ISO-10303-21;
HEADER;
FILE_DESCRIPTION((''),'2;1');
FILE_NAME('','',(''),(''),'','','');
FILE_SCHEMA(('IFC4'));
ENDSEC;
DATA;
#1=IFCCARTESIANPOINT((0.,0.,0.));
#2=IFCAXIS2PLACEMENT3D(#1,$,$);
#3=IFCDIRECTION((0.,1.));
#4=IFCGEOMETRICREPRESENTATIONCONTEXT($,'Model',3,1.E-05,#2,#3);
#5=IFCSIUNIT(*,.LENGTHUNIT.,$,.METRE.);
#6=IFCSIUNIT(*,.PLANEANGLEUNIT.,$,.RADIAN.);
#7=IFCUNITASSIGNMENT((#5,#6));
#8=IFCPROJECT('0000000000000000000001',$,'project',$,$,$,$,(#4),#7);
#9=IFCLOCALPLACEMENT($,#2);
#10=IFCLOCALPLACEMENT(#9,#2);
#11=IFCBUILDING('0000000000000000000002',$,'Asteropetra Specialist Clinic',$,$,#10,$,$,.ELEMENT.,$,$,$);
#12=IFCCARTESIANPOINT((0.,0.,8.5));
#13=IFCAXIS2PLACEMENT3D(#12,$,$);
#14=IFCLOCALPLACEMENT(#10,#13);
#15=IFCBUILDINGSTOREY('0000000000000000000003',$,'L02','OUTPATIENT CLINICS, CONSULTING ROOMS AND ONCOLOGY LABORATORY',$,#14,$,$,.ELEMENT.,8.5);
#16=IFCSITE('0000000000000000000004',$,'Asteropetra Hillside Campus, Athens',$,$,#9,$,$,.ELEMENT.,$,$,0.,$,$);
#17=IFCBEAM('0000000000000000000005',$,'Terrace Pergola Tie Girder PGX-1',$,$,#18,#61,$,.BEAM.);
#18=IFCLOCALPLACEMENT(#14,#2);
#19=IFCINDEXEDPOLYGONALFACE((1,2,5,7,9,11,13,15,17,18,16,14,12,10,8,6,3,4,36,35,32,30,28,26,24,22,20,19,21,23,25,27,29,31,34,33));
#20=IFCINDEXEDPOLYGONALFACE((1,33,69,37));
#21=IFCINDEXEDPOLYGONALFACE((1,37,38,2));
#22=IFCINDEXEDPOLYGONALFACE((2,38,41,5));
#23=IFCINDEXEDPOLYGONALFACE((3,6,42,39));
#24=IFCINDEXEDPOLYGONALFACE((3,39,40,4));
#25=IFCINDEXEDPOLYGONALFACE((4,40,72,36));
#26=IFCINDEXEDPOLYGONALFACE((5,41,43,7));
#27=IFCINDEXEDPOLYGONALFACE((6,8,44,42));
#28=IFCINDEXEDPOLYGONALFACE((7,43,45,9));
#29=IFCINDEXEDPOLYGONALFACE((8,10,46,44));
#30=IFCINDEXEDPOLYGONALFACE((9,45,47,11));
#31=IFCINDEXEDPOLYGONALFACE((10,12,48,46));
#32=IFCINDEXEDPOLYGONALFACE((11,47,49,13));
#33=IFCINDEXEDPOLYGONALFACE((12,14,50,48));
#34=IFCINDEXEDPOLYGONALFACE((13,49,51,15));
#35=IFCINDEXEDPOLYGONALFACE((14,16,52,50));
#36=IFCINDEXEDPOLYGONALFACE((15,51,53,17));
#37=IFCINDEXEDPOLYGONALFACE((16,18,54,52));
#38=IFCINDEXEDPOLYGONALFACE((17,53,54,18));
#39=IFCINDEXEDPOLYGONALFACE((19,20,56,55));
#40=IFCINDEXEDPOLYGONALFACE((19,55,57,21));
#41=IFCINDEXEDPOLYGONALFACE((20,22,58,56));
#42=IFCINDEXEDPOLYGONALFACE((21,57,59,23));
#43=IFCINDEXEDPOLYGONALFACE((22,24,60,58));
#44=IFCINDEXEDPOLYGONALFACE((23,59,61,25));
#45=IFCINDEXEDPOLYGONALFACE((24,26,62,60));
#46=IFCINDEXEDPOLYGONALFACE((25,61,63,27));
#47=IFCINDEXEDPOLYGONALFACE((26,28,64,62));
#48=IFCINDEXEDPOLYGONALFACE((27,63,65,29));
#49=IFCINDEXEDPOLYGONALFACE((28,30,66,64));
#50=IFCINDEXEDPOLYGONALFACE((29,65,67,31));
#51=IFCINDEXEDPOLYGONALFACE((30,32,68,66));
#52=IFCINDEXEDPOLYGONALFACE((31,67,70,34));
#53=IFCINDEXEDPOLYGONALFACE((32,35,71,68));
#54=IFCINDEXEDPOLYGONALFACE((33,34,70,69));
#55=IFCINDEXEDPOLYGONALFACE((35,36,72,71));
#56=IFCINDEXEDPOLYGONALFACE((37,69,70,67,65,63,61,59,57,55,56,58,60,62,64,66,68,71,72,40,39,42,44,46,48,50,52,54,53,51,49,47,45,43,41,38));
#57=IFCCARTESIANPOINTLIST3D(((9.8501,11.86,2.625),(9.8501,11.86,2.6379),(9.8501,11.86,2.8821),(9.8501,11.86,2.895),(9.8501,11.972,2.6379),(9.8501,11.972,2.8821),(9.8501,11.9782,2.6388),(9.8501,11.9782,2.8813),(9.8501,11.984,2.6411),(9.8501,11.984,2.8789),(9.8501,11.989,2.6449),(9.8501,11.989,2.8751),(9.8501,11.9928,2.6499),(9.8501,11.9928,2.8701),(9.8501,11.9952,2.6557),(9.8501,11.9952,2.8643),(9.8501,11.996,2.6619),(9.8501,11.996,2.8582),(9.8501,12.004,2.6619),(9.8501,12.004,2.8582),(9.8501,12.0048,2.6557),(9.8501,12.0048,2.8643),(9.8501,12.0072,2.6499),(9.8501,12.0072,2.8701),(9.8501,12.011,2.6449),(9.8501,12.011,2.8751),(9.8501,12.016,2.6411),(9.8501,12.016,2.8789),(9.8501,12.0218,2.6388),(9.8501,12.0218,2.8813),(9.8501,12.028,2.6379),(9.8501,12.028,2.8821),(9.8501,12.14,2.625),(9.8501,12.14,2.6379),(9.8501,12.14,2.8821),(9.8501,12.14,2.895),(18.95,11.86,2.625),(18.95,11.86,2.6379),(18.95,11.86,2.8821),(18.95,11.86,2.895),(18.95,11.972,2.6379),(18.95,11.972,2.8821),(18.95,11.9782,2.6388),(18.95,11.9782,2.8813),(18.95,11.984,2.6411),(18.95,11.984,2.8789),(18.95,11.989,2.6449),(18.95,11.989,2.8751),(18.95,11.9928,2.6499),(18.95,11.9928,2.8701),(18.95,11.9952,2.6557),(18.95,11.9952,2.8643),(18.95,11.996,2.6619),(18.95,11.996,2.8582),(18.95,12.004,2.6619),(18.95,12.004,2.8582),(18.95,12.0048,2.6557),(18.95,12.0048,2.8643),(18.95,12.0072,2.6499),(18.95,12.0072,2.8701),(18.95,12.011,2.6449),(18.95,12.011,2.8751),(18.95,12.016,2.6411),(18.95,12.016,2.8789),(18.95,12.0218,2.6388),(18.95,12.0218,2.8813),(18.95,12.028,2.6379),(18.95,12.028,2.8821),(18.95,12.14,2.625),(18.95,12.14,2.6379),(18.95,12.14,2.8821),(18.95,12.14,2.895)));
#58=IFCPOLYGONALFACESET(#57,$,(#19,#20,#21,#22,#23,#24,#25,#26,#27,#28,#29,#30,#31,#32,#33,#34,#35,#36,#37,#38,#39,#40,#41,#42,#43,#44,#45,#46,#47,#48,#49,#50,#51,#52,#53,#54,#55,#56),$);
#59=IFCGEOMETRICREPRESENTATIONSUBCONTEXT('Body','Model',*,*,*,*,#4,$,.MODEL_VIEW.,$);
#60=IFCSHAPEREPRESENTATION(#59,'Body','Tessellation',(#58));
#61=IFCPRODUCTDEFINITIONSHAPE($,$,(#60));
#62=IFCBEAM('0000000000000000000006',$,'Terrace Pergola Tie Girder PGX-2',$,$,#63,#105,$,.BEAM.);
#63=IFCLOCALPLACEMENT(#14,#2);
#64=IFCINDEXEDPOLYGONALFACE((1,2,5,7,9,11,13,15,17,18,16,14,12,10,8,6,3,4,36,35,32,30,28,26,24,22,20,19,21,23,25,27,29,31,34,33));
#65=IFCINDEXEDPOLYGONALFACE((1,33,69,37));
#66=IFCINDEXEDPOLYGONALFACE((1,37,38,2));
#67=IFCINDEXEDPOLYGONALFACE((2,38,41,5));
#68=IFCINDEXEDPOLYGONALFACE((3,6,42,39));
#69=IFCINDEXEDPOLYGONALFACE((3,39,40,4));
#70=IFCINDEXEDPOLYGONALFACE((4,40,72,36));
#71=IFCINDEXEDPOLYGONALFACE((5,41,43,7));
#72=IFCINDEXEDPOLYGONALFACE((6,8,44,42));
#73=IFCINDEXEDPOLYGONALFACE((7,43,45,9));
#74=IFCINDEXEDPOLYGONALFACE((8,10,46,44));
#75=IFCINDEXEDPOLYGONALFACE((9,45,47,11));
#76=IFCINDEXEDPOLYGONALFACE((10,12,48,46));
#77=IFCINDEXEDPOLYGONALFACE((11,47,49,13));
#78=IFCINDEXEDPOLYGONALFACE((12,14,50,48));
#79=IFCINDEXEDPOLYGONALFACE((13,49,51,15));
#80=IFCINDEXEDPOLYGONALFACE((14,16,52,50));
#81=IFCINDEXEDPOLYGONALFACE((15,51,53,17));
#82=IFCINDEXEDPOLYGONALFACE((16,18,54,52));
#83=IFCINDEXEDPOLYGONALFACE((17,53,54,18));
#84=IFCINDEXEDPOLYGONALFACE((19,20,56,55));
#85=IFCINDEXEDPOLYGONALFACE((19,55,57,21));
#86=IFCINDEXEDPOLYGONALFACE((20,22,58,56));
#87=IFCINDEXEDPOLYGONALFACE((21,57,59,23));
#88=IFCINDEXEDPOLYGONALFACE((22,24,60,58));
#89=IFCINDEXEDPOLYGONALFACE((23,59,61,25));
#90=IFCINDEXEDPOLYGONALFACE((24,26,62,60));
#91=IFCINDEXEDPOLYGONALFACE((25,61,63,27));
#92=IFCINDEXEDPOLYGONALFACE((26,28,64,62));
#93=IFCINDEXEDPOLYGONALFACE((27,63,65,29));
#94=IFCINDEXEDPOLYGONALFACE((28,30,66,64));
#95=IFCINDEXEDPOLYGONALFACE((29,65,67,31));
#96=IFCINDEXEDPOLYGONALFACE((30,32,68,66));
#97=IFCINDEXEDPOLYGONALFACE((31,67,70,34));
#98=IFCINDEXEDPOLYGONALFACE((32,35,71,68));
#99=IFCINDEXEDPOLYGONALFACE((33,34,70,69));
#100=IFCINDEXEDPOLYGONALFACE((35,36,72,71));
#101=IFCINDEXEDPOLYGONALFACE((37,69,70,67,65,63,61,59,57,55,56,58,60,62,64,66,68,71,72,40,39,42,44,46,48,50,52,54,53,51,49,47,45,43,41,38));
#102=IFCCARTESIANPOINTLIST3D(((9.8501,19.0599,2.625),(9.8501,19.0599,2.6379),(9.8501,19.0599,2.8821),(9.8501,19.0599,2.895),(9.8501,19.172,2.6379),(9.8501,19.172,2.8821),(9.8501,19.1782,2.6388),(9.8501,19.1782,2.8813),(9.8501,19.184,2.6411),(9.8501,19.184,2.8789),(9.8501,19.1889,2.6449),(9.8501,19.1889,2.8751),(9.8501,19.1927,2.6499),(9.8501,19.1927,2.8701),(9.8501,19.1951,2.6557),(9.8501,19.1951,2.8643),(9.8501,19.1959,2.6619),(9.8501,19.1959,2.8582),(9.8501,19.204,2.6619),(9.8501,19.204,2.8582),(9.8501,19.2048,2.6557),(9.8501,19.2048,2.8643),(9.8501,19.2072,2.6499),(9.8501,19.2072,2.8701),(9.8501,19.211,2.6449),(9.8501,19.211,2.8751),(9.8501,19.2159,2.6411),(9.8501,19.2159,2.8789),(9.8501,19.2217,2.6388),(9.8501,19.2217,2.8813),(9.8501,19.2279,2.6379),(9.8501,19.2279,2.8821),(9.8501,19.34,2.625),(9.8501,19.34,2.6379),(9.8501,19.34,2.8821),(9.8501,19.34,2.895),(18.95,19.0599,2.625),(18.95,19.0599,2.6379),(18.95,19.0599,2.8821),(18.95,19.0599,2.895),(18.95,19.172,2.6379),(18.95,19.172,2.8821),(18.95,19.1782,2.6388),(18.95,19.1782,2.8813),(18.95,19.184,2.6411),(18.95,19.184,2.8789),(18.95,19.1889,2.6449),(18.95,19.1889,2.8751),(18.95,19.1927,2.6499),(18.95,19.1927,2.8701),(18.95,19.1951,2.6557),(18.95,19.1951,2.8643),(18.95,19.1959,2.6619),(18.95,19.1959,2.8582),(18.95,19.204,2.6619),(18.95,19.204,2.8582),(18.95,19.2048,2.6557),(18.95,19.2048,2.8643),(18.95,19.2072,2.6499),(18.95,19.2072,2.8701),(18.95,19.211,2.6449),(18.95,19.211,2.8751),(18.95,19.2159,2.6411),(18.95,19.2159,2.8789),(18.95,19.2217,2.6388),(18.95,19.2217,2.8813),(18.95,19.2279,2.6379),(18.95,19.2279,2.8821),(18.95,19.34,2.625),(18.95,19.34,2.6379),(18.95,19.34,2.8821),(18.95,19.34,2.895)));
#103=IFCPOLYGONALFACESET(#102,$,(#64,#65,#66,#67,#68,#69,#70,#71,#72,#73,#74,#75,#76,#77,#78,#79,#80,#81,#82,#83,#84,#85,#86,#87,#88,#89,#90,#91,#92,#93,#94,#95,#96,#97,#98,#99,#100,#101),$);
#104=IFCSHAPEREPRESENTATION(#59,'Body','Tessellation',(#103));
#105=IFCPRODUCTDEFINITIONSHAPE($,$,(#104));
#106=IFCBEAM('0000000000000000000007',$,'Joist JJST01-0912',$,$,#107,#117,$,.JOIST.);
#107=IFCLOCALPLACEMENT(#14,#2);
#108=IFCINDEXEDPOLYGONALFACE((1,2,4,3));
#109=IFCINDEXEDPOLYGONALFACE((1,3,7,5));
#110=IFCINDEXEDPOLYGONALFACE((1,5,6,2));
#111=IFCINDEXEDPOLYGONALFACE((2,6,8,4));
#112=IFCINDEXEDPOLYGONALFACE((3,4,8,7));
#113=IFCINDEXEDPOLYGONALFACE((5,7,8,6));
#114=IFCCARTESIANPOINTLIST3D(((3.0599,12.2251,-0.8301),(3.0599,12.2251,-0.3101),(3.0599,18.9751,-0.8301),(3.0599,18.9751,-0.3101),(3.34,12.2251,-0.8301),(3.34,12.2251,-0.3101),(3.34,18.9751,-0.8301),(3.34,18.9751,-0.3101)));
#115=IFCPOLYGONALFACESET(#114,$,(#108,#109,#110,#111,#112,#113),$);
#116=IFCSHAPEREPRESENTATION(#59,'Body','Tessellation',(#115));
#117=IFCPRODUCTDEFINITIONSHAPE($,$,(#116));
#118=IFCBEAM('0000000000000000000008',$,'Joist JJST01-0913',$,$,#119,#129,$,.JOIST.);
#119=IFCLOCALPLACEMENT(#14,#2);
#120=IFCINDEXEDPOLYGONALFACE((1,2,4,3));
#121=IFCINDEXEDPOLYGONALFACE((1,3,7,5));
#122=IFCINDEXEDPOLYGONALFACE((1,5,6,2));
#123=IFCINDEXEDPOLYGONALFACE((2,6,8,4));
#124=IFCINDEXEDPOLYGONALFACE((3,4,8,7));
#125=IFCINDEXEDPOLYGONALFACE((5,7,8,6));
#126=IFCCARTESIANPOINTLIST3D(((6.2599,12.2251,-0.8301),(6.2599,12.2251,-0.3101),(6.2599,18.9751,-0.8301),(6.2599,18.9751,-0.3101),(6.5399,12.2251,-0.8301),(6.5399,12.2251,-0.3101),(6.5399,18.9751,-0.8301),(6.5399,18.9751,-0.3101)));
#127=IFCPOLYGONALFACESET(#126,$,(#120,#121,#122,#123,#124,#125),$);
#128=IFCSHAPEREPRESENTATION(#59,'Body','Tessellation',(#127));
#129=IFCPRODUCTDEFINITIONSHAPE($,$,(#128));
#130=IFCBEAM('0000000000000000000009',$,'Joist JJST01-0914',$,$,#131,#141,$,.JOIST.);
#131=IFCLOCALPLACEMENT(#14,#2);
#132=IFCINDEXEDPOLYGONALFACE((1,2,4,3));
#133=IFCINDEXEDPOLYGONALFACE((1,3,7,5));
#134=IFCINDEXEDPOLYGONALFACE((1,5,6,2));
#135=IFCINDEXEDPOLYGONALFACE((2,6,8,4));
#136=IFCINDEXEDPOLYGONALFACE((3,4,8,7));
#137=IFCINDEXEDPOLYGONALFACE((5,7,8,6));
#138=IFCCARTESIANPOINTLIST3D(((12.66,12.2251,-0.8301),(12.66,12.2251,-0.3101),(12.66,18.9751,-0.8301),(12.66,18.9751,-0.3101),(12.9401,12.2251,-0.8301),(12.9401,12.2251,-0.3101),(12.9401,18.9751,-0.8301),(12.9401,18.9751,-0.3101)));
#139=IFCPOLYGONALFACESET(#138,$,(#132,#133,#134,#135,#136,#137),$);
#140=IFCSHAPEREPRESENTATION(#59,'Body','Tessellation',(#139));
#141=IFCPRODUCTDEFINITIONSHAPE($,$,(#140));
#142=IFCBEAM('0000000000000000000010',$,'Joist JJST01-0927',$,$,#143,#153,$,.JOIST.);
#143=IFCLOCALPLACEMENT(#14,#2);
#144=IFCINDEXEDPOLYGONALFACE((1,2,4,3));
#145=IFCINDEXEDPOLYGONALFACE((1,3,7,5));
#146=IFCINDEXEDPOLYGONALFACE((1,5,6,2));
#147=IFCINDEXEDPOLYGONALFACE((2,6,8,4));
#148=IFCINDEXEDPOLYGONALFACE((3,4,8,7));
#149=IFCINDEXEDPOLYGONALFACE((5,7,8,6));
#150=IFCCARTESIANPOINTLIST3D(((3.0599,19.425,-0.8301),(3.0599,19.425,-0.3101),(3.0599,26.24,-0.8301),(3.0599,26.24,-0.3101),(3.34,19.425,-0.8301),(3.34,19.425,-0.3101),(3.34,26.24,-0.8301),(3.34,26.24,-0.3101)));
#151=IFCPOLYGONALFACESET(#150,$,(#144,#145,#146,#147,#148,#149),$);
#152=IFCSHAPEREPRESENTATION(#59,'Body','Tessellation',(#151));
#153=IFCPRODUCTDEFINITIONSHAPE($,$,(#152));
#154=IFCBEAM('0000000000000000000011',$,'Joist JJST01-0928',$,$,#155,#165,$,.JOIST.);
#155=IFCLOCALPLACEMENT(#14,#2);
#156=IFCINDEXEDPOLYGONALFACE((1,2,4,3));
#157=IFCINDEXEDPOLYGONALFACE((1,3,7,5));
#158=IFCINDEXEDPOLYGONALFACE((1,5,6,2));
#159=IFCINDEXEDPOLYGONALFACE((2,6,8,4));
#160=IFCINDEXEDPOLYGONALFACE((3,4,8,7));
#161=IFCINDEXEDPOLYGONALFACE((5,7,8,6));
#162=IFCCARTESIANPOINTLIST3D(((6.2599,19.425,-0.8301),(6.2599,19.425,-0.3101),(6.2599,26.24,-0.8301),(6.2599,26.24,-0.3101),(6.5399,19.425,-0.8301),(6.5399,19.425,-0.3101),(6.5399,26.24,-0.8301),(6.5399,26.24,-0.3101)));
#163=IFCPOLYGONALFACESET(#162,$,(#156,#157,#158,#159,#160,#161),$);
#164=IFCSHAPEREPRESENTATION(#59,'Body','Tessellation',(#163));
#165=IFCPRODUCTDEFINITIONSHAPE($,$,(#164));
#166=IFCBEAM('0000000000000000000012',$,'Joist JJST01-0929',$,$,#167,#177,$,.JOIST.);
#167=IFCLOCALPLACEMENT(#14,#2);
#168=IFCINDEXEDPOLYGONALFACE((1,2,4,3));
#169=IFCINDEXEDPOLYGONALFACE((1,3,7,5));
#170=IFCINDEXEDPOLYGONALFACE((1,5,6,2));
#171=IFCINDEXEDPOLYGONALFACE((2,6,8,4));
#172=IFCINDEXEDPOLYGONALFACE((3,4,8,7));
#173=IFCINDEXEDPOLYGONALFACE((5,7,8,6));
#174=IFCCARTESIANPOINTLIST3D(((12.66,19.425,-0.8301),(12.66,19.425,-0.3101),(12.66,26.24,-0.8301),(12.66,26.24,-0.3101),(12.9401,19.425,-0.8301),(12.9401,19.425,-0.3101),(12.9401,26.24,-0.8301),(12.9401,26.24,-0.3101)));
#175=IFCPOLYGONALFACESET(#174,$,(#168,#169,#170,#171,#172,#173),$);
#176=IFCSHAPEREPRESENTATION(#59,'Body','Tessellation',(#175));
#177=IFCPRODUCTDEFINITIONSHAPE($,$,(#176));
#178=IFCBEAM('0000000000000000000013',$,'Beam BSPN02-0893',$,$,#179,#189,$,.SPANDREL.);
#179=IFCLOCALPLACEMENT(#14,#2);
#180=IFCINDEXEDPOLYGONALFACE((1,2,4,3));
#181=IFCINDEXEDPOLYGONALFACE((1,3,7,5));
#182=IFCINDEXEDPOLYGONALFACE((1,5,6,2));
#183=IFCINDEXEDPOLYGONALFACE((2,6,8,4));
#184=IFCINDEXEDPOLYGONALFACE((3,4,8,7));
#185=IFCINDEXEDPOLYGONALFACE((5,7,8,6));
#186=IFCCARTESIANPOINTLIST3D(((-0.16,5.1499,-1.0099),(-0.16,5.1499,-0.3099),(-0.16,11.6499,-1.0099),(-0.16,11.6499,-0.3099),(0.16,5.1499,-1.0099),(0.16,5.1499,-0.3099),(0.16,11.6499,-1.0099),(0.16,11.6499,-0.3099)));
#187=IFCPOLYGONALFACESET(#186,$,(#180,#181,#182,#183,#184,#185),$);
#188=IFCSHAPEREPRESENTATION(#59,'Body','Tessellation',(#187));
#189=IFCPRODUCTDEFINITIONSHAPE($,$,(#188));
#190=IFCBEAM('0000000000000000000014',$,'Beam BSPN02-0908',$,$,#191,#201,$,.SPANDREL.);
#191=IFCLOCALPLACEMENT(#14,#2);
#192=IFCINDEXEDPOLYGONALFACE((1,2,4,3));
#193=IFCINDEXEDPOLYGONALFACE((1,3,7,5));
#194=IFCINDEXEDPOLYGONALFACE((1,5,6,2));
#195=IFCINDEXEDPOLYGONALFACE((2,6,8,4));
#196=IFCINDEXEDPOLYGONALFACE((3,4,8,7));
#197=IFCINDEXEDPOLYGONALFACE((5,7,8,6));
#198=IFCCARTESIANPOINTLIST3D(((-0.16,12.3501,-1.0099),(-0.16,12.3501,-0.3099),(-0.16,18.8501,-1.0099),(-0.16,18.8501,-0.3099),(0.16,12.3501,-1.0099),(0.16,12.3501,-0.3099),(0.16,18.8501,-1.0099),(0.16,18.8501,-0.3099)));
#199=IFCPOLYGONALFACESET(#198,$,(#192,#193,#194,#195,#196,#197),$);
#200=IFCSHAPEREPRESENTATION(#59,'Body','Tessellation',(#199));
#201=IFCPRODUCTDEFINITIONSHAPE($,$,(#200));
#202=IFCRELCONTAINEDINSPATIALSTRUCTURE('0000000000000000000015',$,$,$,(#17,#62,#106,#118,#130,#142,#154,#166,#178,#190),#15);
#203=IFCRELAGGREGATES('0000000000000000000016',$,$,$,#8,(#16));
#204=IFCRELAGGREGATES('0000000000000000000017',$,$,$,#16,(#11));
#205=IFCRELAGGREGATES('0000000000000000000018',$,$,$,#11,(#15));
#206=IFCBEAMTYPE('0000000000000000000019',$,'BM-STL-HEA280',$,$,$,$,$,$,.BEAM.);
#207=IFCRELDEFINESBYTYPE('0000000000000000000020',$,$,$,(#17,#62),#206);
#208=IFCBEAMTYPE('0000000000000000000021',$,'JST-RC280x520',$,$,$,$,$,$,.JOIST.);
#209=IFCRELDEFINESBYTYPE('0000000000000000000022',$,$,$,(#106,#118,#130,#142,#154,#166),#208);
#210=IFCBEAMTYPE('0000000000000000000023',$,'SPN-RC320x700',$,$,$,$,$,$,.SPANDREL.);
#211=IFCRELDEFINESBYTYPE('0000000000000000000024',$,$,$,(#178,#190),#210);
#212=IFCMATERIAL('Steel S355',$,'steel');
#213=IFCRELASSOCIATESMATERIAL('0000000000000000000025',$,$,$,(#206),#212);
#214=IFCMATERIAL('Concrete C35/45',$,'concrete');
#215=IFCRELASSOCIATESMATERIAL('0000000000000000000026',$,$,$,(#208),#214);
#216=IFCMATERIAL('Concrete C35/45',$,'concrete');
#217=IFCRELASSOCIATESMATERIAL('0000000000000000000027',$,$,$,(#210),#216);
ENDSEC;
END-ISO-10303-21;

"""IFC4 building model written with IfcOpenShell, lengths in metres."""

from ifc_helpers import new_model, si_unit, direction, frame, origin, origin_2d, place, context, subcontext, project, spatial, rectangle, i_section, extrude, material, material_profile, profile_set, type_object, element, save


model = new_model("IFC4")

# Units and contexts
model_context = context("Model", 3, precision=1e-05, world=origin(), true_north=direction((0.0, 1.0)))
body_context = subcontext(model_context, "Body", "Model", "MODEL_VIEW")
ifc_project = project(units=[si_unit("LENGTHUNIT", "METRE"), si_unit("PLANEANGLEUNIT", "RADIAN")], contexts=[model_context])

# Site, building, storey
site_placement = place(None, origin())
site = spatial("IfcSite", under=ifc_project, at=site_placement, Name="Asteropetra Hillside Campus, Athens", CompositionType="ELEMENT", RefElevation=0.0)
building_placement = place(site_placement, origin())
building = spatial("IfcBuilding", under=site, at=building_placement, Name="Asteropetra Specialist Clinic", CompositionType="ELEMENT")
storey_placement = place(building_placement, frame((0.0, 0.0, 8.5)))
storey = spatial("IfcBuildingStorey", under=building, at=storey_placement, Name="L02", Description="OUTPATIENT CLINICS, CONSULTING ROOMS AND ONCOLOGY LABORATORY", CompositionType="ELEMENT", Elevation=8.5)

# Beams
ifc_material_1 = material(Name="Steel S355", Category="steel")
ifc_material_profile_1 = material_profile(ifc_material_1, i_section(OverallWidth=0.28, OverallDepth=0.27, WebThickness=0.0081, FlangeThickness=0.0129, FilletRadius=0.0239, at=origin_2d()), Name="HEA 280")
ifc_profile_set_1 = profile_set([ifc_material_profile_1], Name="Steel S355")
beam_type_1 = type_object("IfcBeamType", Name="BM-STL-HEA280", PredefinedType="BEAM", material=ifc_profile_set_1)
for number, where, z_axis, x_axis, name in (
    (1, (9.8501, 12.0, 2.76), (1.0, 0.0, 0.0), (0.0, 1.0, 0.0), "Terrace Pergola Tie Girder PGX-1"),
    (2, (9.8501, 19.2, 2.76), (1.0, 0.0, 0.0), (0.0, 1.0, 0.0), "Terrace Pergola Tie Girder PGX-2"),
):
    element("IfcBeam", number, at=place(storey_placement, frame(where, z_axis=z_axis, x_axis=x_axis)), inside=storey, type_object=beam_type_1, Name=name, PredefinedType="BEAM", context=body_context, shape_type="SweptSolid", body=[
        extrude(i_section(OverallWidth=0.28, OverallDepth=0.27, WebThickness=0.0081, FlangeThickness=0.0129, FilletRadius=0.0239, at=origin_2d()), origin(), (0.0, 0.0, 1.0), 9.0999),
    ])
ifc_material_2 = material(Name="Concrete C35/45", Category="concrete")
ifc_material_profile_2 = material_profile(ifc_material_2, rectangle(XDim=0.28, YDim=0.52, at=origin_2d()), Name="RCJ 280x520")
ifc_profile_set_2 = profile_set([ifc_material_profile_2], Name="Concrete C35/45")
beam_type_2 = type_object("IfcBeamType", Name="JST-RC280x520", PredefinedType="JOIST", material=ifc_profile_set_2)
for number, where, z_axis, x_axis, name in (
    (3, (3.2, 12.2251, -0.5701), (0.0, 1.0, 0.0), (-1.0, 0.0, 0.0), "Joist JJST01-0912"),
    (4, (6.3999, 12.2251, -0.5701), (0.0, 1.0, 0.0), (-1.0, 0.0, 0.0), "Joist JJST01-0913"),
    (5, (12.8, 12.2251, -0.5701), (0.0, 1.0, 0.0), (-1.0, 0.0, 0.0), "Joist JJST01-0914"),
):
    element("IfcBeam", number, at=place(storey_placement, frame(where, z_axis=z_axis, x_axis=x_axis)), inside=storey, type_object=beam_type_2, Name=name, PredefinedType="JOIST", context=body_context, shape_type="SweptSolid", body=[
        extrude(rectangle(XDim=0.28, YDim=0.52, at=origin_2d()), origin(), (0.0, 0.0, 1.0), 6.75),
    ])
for number, where, z_axis, x_axis, name in (
    (6, (3.2, 19.425, -0.5701), (0.0, 1.0, 0.0), (-1.0, 0.0, 0.0), "Joist JJST01-0927"),
    (7, (6.3999, 19.425, -0.5701), (0.0, 1.0, 0.0), (-1.0, 0.0, 0.0), "Joist JJST01-0928"),
    (8, (12.8, 19.425, -0.5701), (0.0, 1.0, 0.0), (-1.0, 0.0, 0.0), "Joist JJST01-0929"),
):
    element("IfcBeam", number, at=place(storey_placement, frame(where, z_axis=z_axis, x_axis=x_axis)), inside=storey, type_object=beam_type_2, Name=name, PredefinedType="JOIST", context=body_context, shape_type="SweptSolid", body=[
        extrude(rectangle(XDim=0.28, YDim=0.52, at=origin_2d()), origin(), (0.0, 0.0, 1.0), 6.8149),
    ])
ifc_material_3 = material(Name="Concrete C35/45", Category="concrete")
ifc_material_profile_3 = material_profile(ifc_material_3, rectangle(XDim=0.3201, YDim=0.7, at=origin_2d()), Name="RCS 320x700")
ifc_profile_set_3 = profile_set([ifc_material_profile_3], Name="Concrete C35/45")
beam_type_3 = type_object("IfcBeamType", Name="SPN-RC320x700", PredefinedType="SPANDREL", material=ifc_profile_set_3)
for number, where, z_axis, x_axis, name in (
    (9, (0.0, 5.1499, -0.6599), (0.0, 1.0, 0.0), (-1.0, 0.0, 0.0), "Beam BSPN02-0893"),
    (10, (0.0, 12.3501, -0.6599), (0.0, 1.0, 0.0), (-1.0, 0.0, 0.0), "Beam BSPN02-0908"),
):
    element("IfcBeam", number, at=place(storey_placement, frame(where, z_axis=z_axis, x_axis=x_axis)), inside=storey, type_object=beam_type_3, Name=name, PredefinedType="SPANDREL", context=body_context, shape_type="SweptSolid", body=[
        extrude(rectangle(XDim=0.3201, YDim=0.7, at=origin_2d()), origin(), (0.0, 0.0, 1.0), 6.5),
    ])

save(model, "model.ifc")
